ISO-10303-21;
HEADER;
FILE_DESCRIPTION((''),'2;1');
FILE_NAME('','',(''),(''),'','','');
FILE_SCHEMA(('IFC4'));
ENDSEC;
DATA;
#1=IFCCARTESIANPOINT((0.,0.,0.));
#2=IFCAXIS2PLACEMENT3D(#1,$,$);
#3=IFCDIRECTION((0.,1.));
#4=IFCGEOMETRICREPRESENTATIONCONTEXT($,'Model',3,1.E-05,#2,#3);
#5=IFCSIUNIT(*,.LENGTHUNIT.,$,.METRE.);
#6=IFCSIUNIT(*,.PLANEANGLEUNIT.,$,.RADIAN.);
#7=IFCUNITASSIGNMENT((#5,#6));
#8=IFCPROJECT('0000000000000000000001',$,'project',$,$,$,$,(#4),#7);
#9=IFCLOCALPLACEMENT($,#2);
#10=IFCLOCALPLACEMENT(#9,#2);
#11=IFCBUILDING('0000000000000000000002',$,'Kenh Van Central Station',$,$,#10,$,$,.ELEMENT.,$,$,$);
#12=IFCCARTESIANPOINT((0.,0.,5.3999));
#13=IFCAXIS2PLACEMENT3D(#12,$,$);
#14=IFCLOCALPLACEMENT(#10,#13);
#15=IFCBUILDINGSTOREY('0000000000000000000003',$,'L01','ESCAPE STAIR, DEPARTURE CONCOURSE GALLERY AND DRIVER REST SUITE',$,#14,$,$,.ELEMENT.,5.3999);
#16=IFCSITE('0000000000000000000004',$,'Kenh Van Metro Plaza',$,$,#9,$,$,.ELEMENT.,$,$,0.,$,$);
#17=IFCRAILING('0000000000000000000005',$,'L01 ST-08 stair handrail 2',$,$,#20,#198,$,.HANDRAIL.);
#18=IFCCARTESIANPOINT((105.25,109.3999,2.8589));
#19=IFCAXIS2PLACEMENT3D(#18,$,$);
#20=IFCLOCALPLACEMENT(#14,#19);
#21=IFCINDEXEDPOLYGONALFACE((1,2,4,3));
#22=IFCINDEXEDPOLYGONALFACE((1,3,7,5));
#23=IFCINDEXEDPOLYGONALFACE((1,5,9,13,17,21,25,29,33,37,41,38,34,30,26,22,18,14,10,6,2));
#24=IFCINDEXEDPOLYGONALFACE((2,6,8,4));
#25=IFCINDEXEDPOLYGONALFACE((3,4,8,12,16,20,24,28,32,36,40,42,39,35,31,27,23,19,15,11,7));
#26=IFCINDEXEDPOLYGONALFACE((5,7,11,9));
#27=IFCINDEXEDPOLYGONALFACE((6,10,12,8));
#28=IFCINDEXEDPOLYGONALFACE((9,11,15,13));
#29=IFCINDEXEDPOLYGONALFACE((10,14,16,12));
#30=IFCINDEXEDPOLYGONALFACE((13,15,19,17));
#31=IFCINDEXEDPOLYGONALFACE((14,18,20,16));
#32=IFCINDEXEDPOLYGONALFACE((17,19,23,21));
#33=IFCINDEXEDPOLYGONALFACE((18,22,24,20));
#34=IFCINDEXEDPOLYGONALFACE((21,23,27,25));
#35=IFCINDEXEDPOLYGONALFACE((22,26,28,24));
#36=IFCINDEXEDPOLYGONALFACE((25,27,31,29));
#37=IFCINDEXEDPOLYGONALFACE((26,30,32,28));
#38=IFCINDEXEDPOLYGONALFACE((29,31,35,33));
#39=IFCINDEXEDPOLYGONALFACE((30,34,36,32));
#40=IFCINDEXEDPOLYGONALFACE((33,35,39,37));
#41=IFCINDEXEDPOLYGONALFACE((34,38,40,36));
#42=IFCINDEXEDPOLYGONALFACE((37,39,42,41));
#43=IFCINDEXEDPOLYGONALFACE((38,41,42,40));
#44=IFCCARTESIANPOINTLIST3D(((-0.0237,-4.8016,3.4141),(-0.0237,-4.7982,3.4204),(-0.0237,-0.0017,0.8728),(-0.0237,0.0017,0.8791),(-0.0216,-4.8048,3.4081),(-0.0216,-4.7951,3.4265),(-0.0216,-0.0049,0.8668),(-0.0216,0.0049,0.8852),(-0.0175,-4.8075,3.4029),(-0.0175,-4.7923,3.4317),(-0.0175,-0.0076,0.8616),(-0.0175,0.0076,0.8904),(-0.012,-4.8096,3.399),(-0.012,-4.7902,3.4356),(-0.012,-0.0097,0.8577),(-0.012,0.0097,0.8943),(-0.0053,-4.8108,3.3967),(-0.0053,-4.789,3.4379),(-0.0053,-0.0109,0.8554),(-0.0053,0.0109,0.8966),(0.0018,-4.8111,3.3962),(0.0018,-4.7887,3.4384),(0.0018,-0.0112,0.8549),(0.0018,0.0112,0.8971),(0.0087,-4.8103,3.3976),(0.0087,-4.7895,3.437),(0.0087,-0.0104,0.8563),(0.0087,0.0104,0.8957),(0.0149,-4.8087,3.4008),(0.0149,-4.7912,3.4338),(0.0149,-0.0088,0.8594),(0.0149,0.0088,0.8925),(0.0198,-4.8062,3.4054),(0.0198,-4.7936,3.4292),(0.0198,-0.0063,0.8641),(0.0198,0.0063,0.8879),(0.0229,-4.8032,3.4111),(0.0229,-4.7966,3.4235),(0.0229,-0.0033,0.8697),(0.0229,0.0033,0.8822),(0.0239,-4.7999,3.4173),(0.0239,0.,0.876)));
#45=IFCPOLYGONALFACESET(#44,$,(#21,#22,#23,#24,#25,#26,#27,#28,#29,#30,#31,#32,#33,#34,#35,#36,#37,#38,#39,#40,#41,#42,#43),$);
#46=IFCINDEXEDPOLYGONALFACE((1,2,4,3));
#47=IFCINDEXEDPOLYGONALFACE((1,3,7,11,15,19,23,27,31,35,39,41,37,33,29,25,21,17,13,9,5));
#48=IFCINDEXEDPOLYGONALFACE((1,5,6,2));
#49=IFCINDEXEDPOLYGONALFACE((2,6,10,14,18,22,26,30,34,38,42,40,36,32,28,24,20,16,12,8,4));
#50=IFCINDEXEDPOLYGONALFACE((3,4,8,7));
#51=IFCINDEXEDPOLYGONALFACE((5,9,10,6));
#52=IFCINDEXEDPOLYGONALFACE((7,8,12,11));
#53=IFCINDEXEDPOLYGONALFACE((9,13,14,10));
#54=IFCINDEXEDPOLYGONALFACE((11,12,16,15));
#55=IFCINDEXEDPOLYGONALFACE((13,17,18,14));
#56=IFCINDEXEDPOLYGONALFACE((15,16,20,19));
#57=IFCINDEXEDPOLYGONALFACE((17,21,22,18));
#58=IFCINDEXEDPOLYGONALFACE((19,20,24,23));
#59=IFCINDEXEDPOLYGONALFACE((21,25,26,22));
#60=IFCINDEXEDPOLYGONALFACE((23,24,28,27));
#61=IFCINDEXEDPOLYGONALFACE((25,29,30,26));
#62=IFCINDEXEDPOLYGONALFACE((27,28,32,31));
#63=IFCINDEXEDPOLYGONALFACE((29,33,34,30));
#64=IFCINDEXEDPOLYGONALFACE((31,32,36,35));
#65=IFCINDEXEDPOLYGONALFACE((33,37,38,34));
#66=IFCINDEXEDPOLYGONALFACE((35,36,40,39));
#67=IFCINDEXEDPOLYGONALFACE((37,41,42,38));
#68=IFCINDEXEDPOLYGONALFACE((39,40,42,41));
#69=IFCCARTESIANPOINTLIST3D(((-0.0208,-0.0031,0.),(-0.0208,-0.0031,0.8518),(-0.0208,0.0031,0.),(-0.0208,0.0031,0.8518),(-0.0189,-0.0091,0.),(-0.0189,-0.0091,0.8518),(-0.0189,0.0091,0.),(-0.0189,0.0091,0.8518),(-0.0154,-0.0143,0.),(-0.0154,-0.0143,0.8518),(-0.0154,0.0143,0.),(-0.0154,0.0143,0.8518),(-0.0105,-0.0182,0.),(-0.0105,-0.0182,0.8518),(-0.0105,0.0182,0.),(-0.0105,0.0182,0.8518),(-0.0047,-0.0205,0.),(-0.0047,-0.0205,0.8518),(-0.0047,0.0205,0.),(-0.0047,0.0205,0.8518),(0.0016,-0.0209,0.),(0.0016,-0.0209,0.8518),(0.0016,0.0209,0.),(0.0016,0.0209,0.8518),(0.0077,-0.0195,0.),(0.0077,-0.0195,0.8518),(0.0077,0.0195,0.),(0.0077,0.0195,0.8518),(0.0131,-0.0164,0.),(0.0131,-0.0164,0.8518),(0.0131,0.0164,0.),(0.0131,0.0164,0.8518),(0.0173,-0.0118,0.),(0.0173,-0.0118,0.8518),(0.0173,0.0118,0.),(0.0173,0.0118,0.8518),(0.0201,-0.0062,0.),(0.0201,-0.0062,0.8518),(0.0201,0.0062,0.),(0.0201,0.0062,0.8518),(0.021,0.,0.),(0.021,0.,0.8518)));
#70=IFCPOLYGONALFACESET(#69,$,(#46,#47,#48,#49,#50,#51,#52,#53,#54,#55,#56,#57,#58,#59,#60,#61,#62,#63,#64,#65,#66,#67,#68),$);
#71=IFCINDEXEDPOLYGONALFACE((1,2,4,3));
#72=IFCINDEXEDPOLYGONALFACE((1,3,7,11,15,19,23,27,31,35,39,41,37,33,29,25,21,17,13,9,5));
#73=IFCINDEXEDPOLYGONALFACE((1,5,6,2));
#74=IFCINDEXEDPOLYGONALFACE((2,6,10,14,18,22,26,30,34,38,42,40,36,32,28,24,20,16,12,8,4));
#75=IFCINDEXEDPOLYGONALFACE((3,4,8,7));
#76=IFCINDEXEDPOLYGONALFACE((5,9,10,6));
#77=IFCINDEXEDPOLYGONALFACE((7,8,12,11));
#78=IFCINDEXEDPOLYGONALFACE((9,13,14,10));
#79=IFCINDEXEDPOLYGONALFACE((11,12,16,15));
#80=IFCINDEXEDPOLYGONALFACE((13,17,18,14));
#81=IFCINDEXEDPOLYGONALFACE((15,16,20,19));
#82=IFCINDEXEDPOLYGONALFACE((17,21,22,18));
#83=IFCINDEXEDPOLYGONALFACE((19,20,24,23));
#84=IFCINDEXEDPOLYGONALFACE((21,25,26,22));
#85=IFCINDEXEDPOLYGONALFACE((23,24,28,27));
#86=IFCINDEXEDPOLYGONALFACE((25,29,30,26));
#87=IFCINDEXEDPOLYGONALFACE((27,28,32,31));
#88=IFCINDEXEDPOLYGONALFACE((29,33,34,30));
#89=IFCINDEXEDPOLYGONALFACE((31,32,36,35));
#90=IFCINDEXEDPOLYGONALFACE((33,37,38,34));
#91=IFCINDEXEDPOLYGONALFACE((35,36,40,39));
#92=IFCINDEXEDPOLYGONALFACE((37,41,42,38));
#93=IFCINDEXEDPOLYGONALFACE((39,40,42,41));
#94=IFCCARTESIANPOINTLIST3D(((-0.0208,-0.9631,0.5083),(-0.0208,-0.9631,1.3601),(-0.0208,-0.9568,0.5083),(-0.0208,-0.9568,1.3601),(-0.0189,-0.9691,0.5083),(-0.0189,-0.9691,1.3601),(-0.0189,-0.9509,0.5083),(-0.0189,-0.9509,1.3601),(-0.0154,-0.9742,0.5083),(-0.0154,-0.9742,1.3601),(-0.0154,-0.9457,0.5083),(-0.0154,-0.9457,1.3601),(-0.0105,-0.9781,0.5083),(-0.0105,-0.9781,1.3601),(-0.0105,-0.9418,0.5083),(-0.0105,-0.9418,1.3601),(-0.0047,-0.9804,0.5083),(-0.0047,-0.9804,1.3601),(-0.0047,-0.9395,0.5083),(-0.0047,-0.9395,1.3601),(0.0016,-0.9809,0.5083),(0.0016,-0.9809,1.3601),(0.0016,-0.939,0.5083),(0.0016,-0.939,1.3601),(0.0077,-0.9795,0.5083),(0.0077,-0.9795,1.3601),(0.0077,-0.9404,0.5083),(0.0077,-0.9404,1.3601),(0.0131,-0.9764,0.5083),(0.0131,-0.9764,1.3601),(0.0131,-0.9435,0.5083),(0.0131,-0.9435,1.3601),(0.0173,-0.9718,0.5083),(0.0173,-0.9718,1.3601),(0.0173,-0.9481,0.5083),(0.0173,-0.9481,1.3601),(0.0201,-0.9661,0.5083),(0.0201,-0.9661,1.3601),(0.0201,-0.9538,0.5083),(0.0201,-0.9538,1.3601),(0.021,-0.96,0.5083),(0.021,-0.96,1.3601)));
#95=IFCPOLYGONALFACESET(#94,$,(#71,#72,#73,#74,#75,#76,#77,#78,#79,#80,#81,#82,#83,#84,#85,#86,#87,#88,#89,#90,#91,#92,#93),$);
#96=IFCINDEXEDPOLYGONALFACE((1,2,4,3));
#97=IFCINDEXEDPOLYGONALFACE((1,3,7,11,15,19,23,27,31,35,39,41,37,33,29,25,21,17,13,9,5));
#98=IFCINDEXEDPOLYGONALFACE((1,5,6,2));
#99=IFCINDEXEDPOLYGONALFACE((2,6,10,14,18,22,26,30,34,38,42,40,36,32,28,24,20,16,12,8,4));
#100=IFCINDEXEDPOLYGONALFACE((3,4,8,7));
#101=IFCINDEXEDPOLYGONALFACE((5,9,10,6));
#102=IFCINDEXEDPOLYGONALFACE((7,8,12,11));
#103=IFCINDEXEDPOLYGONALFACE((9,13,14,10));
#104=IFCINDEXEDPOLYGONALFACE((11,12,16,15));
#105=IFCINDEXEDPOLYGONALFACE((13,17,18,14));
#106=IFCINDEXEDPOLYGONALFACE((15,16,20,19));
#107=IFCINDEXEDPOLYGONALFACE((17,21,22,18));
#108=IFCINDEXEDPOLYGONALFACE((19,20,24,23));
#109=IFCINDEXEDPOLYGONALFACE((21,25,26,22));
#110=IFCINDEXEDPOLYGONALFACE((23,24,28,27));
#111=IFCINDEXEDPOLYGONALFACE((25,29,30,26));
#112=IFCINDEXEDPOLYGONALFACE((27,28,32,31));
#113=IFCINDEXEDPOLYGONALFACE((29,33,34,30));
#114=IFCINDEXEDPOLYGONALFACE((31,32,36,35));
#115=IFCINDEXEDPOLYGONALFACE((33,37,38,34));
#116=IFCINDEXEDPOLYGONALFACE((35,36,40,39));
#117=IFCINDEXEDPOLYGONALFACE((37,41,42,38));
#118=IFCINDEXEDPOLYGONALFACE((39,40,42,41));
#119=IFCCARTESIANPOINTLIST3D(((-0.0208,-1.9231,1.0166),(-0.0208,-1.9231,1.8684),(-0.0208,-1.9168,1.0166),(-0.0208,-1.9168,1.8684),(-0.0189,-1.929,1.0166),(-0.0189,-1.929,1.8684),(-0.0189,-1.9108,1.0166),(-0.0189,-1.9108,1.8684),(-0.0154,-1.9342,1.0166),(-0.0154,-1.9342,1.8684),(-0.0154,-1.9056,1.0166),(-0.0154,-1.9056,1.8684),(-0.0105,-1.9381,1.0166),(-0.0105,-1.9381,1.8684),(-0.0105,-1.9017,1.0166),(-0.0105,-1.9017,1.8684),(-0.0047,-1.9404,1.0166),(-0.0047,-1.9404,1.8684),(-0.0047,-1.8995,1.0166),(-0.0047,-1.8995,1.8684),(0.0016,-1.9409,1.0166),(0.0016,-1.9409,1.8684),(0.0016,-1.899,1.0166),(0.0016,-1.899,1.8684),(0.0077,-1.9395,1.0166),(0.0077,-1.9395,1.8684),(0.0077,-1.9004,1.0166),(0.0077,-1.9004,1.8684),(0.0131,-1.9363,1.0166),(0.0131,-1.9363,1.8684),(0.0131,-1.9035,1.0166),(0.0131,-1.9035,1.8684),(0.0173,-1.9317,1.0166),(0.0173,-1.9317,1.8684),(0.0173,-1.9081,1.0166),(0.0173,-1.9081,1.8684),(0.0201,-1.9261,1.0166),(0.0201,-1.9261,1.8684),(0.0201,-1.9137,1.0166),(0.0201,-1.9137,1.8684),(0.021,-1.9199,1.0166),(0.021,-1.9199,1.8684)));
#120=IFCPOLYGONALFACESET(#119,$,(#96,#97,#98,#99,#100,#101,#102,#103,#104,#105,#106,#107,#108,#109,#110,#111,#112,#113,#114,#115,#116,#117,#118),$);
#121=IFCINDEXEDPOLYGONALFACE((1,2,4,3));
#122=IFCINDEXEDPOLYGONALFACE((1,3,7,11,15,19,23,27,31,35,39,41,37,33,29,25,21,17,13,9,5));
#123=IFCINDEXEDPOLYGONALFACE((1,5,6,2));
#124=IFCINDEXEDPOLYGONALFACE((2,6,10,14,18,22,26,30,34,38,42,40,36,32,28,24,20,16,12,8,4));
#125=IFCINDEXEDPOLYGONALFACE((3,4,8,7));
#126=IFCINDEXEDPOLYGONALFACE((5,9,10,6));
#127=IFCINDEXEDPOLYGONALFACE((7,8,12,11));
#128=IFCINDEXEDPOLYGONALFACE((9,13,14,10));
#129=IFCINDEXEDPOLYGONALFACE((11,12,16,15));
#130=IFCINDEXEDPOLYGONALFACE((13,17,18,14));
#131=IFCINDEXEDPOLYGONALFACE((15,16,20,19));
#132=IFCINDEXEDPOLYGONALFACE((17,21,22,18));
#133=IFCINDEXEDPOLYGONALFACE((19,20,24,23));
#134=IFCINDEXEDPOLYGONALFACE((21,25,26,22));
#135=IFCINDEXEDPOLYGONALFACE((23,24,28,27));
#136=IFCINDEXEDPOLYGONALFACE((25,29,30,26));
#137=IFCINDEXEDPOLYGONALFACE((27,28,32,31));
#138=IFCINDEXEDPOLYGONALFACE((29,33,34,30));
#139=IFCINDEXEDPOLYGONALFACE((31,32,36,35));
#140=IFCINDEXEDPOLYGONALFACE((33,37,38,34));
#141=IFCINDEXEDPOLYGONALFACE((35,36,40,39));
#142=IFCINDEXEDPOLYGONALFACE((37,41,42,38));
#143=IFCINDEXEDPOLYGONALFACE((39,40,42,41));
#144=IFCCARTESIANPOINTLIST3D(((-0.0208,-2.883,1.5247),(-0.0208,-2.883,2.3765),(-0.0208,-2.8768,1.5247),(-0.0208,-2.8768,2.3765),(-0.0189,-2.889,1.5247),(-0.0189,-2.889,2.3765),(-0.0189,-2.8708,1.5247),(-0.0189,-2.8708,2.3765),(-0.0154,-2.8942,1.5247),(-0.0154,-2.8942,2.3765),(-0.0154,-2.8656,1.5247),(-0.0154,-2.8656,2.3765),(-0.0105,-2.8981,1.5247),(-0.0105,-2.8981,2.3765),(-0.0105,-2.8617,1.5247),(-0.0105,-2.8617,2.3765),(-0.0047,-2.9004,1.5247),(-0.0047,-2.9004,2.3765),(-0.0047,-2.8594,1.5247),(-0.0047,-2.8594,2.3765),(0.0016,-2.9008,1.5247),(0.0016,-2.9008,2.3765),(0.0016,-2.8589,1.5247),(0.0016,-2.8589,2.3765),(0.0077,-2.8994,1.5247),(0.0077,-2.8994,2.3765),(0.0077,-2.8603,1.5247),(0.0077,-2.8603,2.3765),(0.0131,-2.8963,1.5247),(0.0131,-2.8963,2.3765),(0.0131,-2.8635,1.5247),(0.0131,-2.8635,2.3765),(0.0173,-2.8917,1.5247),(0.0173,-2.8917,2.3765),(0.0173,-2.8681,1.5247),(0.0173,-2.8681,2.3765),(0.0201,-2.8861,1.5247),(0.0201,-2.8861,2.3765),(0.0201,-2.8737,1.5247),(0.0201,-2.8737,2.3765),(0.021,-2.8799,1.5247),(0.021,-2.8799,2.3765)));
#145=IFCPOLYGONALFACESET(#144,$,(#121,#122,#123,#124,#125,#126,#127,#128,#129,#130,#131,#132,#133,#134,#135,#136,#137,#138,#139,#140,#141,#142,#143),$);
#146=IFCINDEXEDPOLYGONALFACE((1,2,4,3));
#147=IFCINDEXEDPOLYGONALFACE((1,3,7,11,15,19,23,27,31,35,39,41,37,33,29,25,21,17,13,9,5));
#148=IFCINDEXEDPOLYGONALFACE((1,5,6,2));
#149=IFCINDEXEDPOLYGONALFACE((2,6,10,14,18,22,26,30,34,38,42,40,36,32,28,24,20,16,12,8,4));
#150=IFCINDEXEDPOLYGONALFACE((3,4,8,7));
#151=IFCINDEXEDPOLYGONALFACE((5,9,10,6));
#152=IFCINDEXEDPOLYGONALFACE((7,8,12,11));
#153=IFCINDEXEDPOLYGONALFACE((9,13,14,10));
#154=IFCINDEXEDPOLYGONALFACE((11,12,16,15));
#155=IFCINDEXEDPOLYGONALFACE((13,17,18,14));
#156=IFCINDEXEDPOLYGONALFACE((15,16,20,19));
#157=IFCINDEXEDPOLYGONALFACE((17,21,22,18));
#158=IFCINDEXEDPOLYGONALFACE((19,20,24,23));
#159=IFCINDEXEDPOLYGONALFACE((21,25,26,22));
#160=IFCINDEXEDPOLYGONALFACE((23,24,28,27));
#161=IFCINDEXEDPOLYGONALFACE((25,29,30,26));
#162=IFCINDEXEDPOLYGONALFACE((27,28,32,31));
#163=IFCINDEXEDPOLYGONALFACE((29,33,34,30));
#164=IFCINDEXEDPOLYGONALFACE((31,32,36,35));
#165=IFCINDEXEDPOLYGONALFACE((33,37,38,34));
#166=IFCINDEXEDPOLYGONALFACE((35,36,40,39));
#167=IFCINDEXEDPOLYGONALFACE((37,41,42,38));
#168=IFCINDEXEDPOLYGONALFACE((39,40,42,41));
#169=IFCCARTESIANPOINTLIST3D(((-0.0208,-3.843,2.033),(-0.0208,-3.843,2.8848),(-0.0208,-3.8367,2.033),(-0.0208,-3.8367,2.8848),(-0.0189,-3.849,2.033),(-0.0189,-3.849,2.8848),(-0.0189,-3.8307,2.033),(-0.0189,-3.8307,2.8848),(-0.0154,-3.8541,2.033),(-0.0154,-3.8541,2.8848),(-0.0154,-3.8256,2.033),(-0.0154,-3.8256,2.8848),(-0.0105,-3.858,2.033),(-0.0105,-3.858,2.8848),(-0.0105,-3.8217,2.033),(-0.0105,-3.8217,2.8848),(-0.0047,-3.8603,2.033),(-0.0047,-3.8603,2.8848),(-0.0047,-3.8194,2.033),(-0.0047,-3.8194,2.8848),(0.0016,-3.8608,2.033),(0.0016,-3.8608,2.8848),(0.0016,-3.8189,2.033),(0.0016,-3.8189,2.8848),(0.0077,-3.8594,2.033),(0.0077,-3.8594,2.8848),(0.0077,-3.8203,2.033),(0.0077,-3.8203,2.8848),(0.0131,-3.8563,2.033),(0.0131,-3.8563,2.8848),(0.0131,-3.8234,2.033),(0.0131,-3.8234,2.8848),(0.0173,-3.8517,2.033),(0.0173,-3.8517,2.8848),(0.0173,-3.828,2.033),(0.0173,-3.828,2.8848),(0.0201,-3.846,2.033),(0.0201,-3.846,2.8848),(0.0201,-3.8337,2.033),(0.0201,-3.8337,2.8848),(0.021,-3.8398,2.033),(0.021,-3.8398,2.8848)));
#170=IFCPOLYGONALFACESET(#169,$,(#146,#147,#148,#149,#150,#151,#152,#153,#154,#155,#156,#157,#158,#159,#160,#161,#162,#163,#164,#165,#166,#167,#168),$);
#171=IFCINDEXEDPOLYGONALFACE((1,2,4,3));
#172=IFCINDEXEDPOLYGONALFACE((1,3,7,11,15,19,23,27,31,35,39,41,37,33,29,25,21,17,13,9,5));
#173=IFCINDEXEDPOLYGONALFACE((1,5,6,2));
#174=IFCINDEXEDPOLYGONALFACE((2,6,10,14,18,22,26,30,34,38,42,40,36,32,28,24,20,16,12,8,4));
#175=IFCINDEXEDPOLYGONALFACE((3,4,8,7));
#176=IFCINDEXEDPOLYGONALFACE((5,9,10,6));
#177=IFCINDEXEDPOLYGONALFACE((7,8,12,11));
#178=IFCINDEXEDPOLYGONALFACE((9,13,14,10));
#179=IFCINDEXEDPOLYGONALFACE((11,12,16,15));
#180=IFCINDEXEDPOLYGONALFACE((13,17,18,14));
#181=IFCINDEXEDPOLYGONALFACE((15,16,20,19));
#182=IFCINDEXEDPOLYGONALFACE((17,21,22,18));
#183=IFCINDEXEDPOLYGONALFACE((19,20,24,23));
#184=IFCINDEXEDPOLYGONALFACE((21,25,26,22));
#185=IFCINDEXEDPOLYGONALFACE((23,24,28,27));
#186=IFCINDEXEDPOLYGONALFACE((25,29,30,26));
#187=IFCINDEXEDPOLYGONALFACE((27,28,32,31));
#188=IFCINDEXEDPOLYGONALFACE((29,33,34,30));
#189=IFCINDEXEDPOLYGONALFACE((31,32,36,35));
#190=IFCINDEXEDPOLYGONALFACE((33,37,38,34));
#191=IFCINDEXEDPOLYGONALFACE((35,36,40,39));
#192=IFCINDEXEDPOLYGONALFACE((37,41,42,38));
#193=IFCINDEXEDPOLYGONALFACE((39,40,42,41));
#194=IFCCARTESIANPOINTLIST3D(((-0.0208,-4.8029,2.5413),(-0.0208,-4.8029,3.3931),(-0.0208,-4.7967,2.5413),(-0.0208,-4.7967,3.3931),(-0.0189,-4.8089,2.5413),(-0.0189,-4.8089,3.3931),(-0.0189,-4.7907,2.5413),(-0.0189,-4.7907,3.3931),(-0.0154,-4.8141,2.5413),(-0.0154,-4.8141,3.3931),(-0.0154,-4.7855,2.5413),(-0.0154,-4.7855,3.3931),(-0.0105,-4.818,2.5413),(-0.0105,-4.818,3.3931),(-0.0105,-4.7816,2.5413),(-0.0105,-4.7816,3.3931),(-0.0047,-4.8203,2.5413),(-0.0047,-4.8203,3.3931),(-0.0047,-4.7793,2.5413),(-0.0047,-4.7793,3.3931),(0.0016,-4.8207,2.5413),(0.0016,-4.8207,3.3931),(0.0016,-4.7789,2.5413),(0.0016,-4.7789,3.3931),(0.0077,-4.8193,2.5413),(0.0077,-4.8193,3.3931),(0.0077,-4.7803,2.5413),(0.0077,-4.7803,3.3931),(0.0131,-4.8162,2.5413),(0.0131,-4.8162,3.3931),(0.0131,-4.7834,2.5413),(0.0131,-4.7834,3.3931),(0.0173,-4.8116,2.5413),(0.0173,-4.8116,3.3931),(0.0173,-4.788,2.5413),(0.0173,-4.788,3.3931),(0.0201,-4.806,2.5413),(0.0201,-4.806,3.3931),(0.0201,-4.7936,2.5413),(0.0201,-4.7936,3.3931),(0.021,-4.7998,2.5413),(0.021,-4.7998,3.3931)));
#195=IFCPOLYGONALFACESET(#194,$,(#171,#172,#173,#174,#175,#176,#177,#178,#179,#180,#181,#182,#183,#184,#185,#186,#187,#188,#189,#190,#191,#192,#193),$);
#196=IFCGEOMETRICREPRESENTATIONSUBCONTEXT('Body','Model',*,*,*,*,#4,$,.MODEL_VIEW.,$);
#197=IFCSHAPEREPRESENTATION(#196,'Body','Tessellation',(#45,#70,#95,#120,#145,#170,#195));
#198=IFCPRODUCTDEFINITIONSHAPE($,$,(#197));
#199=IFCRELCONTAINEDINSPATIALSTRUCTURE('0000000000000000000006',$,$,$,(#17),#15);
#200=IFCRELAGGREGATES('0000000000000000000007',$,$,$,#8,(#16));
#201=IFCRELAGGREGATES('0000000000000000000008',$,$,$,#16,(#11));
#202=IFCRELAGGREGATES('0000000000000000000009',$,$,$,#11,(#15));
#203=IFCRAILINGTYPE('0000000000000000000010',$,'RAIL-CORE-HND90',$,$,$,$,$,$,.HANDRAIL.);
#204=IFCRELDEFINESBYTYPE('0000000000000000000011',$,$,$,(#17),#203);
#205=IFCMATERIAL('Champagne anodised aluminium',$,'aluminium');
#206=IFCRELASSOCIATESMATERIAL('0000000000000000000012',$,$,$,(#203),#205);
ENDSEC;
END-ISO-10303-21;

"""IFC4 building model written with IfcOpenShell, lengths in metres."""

from ifc_helpers import new_model, si_unit, direction, frame, origin, origin_2d, place, context, subcontext, project, spatial, circle, extrude, material, type_object, element, save


model = new_model("IFC4")

# Units and contexts
model_context = context("Model", 3, precision=1e-05, world=origin(), true_north=direction((0.0, 1.0)))
body_context = subcontext(model_context, "Body", "Model", "MODEL_VIEW")
ifc_project = project(units=[si_unit("LENGTHUNIT", "METRE"), si_unit("PLANEANGLEUNIT", "RADIAN")], contexts=[model_context])

# Site, building, storey
site_placement = place(None, origin())
site = spatial("IfcSite", under=ifc_project, at=site_placement, Name="Kenh Van Metro Plaza", CompositionType="ELEMENT", RefElevation=0.0)
building_placement = place(site_placement, origin())
building = spatial("IfcBuilding", under=site, at=building_placement, Name="Kenh Van Central Station", CompositionType="ELEMENT")
storey_placement = place(building_placement, frame((0.0, 0.0, 5.3999)))
storey = spatial("IfcBuildingStorey", under=building, at=storey_placement, Name="L01", Description="ESCAPE STAIR, DEPARTURE CONCOURSE GALLERY AND DRIVER REST SUITE", CompositionType="ELEMENT", Elevation=5.3999)

# Railing
ifc_material_1 = material(Name="Champagne anodised aluminium", Category="aluminium")
railing_type_1 = type_object("IfcRailingType", Name="RAIL-CORE-HND90", PredefinedType="HANDRAIL", material=ifc_material_1)
railing_1_placement = place(storey_placement, frame((105.25, 109.3999, 2.8589)))
element("IfcRailing", 1, at=railing_1_placement, inside=storey, type_object=railing_type_1, Name="L01 ST-08 stair handrail 2", PredefinedType="HANDRAIL", context=body_context, shape_type="SweptSolid", body=[
    extrude(circle(Radius=0.0239, at=origin_2d()), frame((0.0, 0.0, 0.876), z_axis=(0.0, -0.883774, 0.467915), x_axis=(1.0, 0.0, 0.0)), (0.0, 0.0, 1.0), 5.4312),
    extrude(circle(Radius=0.021, at=origin_2d()), origin(), (0.0, 0.0, 1.0), 0.8518),
    extrude(circle(Radius=0.021, at=origin_2d()), frame((0.0, -0.96, 0.5083)), (0.0, 0.0, 1.0), 0.8518),
    extrude(circle(Radius=0.021, at=origin_2d()), frame((0.0, -1.9199, 1.0166)), (0.0, 0.0, 1.0), 0.8518),
    extrude(circle(Radius=0.021, at=origin_2d()), frame((0.0, -2.8799, 1.5247)), (0.0, 0.0, 1.0), 0.8518),
    extrude(circle(Radius=0.021, at=origin_2d()), frame((0.0, -3.8398, 2.033)), (0.0, 0.0, 1.0), 0.8518),
    extrude(circle(Radius=0.021, at=origin_2d()), frame((0.0, -4.7998, 2.5413)), (0.0, 0.0, 1.0), 0.8518),
])

save(model, "model.ifc")
